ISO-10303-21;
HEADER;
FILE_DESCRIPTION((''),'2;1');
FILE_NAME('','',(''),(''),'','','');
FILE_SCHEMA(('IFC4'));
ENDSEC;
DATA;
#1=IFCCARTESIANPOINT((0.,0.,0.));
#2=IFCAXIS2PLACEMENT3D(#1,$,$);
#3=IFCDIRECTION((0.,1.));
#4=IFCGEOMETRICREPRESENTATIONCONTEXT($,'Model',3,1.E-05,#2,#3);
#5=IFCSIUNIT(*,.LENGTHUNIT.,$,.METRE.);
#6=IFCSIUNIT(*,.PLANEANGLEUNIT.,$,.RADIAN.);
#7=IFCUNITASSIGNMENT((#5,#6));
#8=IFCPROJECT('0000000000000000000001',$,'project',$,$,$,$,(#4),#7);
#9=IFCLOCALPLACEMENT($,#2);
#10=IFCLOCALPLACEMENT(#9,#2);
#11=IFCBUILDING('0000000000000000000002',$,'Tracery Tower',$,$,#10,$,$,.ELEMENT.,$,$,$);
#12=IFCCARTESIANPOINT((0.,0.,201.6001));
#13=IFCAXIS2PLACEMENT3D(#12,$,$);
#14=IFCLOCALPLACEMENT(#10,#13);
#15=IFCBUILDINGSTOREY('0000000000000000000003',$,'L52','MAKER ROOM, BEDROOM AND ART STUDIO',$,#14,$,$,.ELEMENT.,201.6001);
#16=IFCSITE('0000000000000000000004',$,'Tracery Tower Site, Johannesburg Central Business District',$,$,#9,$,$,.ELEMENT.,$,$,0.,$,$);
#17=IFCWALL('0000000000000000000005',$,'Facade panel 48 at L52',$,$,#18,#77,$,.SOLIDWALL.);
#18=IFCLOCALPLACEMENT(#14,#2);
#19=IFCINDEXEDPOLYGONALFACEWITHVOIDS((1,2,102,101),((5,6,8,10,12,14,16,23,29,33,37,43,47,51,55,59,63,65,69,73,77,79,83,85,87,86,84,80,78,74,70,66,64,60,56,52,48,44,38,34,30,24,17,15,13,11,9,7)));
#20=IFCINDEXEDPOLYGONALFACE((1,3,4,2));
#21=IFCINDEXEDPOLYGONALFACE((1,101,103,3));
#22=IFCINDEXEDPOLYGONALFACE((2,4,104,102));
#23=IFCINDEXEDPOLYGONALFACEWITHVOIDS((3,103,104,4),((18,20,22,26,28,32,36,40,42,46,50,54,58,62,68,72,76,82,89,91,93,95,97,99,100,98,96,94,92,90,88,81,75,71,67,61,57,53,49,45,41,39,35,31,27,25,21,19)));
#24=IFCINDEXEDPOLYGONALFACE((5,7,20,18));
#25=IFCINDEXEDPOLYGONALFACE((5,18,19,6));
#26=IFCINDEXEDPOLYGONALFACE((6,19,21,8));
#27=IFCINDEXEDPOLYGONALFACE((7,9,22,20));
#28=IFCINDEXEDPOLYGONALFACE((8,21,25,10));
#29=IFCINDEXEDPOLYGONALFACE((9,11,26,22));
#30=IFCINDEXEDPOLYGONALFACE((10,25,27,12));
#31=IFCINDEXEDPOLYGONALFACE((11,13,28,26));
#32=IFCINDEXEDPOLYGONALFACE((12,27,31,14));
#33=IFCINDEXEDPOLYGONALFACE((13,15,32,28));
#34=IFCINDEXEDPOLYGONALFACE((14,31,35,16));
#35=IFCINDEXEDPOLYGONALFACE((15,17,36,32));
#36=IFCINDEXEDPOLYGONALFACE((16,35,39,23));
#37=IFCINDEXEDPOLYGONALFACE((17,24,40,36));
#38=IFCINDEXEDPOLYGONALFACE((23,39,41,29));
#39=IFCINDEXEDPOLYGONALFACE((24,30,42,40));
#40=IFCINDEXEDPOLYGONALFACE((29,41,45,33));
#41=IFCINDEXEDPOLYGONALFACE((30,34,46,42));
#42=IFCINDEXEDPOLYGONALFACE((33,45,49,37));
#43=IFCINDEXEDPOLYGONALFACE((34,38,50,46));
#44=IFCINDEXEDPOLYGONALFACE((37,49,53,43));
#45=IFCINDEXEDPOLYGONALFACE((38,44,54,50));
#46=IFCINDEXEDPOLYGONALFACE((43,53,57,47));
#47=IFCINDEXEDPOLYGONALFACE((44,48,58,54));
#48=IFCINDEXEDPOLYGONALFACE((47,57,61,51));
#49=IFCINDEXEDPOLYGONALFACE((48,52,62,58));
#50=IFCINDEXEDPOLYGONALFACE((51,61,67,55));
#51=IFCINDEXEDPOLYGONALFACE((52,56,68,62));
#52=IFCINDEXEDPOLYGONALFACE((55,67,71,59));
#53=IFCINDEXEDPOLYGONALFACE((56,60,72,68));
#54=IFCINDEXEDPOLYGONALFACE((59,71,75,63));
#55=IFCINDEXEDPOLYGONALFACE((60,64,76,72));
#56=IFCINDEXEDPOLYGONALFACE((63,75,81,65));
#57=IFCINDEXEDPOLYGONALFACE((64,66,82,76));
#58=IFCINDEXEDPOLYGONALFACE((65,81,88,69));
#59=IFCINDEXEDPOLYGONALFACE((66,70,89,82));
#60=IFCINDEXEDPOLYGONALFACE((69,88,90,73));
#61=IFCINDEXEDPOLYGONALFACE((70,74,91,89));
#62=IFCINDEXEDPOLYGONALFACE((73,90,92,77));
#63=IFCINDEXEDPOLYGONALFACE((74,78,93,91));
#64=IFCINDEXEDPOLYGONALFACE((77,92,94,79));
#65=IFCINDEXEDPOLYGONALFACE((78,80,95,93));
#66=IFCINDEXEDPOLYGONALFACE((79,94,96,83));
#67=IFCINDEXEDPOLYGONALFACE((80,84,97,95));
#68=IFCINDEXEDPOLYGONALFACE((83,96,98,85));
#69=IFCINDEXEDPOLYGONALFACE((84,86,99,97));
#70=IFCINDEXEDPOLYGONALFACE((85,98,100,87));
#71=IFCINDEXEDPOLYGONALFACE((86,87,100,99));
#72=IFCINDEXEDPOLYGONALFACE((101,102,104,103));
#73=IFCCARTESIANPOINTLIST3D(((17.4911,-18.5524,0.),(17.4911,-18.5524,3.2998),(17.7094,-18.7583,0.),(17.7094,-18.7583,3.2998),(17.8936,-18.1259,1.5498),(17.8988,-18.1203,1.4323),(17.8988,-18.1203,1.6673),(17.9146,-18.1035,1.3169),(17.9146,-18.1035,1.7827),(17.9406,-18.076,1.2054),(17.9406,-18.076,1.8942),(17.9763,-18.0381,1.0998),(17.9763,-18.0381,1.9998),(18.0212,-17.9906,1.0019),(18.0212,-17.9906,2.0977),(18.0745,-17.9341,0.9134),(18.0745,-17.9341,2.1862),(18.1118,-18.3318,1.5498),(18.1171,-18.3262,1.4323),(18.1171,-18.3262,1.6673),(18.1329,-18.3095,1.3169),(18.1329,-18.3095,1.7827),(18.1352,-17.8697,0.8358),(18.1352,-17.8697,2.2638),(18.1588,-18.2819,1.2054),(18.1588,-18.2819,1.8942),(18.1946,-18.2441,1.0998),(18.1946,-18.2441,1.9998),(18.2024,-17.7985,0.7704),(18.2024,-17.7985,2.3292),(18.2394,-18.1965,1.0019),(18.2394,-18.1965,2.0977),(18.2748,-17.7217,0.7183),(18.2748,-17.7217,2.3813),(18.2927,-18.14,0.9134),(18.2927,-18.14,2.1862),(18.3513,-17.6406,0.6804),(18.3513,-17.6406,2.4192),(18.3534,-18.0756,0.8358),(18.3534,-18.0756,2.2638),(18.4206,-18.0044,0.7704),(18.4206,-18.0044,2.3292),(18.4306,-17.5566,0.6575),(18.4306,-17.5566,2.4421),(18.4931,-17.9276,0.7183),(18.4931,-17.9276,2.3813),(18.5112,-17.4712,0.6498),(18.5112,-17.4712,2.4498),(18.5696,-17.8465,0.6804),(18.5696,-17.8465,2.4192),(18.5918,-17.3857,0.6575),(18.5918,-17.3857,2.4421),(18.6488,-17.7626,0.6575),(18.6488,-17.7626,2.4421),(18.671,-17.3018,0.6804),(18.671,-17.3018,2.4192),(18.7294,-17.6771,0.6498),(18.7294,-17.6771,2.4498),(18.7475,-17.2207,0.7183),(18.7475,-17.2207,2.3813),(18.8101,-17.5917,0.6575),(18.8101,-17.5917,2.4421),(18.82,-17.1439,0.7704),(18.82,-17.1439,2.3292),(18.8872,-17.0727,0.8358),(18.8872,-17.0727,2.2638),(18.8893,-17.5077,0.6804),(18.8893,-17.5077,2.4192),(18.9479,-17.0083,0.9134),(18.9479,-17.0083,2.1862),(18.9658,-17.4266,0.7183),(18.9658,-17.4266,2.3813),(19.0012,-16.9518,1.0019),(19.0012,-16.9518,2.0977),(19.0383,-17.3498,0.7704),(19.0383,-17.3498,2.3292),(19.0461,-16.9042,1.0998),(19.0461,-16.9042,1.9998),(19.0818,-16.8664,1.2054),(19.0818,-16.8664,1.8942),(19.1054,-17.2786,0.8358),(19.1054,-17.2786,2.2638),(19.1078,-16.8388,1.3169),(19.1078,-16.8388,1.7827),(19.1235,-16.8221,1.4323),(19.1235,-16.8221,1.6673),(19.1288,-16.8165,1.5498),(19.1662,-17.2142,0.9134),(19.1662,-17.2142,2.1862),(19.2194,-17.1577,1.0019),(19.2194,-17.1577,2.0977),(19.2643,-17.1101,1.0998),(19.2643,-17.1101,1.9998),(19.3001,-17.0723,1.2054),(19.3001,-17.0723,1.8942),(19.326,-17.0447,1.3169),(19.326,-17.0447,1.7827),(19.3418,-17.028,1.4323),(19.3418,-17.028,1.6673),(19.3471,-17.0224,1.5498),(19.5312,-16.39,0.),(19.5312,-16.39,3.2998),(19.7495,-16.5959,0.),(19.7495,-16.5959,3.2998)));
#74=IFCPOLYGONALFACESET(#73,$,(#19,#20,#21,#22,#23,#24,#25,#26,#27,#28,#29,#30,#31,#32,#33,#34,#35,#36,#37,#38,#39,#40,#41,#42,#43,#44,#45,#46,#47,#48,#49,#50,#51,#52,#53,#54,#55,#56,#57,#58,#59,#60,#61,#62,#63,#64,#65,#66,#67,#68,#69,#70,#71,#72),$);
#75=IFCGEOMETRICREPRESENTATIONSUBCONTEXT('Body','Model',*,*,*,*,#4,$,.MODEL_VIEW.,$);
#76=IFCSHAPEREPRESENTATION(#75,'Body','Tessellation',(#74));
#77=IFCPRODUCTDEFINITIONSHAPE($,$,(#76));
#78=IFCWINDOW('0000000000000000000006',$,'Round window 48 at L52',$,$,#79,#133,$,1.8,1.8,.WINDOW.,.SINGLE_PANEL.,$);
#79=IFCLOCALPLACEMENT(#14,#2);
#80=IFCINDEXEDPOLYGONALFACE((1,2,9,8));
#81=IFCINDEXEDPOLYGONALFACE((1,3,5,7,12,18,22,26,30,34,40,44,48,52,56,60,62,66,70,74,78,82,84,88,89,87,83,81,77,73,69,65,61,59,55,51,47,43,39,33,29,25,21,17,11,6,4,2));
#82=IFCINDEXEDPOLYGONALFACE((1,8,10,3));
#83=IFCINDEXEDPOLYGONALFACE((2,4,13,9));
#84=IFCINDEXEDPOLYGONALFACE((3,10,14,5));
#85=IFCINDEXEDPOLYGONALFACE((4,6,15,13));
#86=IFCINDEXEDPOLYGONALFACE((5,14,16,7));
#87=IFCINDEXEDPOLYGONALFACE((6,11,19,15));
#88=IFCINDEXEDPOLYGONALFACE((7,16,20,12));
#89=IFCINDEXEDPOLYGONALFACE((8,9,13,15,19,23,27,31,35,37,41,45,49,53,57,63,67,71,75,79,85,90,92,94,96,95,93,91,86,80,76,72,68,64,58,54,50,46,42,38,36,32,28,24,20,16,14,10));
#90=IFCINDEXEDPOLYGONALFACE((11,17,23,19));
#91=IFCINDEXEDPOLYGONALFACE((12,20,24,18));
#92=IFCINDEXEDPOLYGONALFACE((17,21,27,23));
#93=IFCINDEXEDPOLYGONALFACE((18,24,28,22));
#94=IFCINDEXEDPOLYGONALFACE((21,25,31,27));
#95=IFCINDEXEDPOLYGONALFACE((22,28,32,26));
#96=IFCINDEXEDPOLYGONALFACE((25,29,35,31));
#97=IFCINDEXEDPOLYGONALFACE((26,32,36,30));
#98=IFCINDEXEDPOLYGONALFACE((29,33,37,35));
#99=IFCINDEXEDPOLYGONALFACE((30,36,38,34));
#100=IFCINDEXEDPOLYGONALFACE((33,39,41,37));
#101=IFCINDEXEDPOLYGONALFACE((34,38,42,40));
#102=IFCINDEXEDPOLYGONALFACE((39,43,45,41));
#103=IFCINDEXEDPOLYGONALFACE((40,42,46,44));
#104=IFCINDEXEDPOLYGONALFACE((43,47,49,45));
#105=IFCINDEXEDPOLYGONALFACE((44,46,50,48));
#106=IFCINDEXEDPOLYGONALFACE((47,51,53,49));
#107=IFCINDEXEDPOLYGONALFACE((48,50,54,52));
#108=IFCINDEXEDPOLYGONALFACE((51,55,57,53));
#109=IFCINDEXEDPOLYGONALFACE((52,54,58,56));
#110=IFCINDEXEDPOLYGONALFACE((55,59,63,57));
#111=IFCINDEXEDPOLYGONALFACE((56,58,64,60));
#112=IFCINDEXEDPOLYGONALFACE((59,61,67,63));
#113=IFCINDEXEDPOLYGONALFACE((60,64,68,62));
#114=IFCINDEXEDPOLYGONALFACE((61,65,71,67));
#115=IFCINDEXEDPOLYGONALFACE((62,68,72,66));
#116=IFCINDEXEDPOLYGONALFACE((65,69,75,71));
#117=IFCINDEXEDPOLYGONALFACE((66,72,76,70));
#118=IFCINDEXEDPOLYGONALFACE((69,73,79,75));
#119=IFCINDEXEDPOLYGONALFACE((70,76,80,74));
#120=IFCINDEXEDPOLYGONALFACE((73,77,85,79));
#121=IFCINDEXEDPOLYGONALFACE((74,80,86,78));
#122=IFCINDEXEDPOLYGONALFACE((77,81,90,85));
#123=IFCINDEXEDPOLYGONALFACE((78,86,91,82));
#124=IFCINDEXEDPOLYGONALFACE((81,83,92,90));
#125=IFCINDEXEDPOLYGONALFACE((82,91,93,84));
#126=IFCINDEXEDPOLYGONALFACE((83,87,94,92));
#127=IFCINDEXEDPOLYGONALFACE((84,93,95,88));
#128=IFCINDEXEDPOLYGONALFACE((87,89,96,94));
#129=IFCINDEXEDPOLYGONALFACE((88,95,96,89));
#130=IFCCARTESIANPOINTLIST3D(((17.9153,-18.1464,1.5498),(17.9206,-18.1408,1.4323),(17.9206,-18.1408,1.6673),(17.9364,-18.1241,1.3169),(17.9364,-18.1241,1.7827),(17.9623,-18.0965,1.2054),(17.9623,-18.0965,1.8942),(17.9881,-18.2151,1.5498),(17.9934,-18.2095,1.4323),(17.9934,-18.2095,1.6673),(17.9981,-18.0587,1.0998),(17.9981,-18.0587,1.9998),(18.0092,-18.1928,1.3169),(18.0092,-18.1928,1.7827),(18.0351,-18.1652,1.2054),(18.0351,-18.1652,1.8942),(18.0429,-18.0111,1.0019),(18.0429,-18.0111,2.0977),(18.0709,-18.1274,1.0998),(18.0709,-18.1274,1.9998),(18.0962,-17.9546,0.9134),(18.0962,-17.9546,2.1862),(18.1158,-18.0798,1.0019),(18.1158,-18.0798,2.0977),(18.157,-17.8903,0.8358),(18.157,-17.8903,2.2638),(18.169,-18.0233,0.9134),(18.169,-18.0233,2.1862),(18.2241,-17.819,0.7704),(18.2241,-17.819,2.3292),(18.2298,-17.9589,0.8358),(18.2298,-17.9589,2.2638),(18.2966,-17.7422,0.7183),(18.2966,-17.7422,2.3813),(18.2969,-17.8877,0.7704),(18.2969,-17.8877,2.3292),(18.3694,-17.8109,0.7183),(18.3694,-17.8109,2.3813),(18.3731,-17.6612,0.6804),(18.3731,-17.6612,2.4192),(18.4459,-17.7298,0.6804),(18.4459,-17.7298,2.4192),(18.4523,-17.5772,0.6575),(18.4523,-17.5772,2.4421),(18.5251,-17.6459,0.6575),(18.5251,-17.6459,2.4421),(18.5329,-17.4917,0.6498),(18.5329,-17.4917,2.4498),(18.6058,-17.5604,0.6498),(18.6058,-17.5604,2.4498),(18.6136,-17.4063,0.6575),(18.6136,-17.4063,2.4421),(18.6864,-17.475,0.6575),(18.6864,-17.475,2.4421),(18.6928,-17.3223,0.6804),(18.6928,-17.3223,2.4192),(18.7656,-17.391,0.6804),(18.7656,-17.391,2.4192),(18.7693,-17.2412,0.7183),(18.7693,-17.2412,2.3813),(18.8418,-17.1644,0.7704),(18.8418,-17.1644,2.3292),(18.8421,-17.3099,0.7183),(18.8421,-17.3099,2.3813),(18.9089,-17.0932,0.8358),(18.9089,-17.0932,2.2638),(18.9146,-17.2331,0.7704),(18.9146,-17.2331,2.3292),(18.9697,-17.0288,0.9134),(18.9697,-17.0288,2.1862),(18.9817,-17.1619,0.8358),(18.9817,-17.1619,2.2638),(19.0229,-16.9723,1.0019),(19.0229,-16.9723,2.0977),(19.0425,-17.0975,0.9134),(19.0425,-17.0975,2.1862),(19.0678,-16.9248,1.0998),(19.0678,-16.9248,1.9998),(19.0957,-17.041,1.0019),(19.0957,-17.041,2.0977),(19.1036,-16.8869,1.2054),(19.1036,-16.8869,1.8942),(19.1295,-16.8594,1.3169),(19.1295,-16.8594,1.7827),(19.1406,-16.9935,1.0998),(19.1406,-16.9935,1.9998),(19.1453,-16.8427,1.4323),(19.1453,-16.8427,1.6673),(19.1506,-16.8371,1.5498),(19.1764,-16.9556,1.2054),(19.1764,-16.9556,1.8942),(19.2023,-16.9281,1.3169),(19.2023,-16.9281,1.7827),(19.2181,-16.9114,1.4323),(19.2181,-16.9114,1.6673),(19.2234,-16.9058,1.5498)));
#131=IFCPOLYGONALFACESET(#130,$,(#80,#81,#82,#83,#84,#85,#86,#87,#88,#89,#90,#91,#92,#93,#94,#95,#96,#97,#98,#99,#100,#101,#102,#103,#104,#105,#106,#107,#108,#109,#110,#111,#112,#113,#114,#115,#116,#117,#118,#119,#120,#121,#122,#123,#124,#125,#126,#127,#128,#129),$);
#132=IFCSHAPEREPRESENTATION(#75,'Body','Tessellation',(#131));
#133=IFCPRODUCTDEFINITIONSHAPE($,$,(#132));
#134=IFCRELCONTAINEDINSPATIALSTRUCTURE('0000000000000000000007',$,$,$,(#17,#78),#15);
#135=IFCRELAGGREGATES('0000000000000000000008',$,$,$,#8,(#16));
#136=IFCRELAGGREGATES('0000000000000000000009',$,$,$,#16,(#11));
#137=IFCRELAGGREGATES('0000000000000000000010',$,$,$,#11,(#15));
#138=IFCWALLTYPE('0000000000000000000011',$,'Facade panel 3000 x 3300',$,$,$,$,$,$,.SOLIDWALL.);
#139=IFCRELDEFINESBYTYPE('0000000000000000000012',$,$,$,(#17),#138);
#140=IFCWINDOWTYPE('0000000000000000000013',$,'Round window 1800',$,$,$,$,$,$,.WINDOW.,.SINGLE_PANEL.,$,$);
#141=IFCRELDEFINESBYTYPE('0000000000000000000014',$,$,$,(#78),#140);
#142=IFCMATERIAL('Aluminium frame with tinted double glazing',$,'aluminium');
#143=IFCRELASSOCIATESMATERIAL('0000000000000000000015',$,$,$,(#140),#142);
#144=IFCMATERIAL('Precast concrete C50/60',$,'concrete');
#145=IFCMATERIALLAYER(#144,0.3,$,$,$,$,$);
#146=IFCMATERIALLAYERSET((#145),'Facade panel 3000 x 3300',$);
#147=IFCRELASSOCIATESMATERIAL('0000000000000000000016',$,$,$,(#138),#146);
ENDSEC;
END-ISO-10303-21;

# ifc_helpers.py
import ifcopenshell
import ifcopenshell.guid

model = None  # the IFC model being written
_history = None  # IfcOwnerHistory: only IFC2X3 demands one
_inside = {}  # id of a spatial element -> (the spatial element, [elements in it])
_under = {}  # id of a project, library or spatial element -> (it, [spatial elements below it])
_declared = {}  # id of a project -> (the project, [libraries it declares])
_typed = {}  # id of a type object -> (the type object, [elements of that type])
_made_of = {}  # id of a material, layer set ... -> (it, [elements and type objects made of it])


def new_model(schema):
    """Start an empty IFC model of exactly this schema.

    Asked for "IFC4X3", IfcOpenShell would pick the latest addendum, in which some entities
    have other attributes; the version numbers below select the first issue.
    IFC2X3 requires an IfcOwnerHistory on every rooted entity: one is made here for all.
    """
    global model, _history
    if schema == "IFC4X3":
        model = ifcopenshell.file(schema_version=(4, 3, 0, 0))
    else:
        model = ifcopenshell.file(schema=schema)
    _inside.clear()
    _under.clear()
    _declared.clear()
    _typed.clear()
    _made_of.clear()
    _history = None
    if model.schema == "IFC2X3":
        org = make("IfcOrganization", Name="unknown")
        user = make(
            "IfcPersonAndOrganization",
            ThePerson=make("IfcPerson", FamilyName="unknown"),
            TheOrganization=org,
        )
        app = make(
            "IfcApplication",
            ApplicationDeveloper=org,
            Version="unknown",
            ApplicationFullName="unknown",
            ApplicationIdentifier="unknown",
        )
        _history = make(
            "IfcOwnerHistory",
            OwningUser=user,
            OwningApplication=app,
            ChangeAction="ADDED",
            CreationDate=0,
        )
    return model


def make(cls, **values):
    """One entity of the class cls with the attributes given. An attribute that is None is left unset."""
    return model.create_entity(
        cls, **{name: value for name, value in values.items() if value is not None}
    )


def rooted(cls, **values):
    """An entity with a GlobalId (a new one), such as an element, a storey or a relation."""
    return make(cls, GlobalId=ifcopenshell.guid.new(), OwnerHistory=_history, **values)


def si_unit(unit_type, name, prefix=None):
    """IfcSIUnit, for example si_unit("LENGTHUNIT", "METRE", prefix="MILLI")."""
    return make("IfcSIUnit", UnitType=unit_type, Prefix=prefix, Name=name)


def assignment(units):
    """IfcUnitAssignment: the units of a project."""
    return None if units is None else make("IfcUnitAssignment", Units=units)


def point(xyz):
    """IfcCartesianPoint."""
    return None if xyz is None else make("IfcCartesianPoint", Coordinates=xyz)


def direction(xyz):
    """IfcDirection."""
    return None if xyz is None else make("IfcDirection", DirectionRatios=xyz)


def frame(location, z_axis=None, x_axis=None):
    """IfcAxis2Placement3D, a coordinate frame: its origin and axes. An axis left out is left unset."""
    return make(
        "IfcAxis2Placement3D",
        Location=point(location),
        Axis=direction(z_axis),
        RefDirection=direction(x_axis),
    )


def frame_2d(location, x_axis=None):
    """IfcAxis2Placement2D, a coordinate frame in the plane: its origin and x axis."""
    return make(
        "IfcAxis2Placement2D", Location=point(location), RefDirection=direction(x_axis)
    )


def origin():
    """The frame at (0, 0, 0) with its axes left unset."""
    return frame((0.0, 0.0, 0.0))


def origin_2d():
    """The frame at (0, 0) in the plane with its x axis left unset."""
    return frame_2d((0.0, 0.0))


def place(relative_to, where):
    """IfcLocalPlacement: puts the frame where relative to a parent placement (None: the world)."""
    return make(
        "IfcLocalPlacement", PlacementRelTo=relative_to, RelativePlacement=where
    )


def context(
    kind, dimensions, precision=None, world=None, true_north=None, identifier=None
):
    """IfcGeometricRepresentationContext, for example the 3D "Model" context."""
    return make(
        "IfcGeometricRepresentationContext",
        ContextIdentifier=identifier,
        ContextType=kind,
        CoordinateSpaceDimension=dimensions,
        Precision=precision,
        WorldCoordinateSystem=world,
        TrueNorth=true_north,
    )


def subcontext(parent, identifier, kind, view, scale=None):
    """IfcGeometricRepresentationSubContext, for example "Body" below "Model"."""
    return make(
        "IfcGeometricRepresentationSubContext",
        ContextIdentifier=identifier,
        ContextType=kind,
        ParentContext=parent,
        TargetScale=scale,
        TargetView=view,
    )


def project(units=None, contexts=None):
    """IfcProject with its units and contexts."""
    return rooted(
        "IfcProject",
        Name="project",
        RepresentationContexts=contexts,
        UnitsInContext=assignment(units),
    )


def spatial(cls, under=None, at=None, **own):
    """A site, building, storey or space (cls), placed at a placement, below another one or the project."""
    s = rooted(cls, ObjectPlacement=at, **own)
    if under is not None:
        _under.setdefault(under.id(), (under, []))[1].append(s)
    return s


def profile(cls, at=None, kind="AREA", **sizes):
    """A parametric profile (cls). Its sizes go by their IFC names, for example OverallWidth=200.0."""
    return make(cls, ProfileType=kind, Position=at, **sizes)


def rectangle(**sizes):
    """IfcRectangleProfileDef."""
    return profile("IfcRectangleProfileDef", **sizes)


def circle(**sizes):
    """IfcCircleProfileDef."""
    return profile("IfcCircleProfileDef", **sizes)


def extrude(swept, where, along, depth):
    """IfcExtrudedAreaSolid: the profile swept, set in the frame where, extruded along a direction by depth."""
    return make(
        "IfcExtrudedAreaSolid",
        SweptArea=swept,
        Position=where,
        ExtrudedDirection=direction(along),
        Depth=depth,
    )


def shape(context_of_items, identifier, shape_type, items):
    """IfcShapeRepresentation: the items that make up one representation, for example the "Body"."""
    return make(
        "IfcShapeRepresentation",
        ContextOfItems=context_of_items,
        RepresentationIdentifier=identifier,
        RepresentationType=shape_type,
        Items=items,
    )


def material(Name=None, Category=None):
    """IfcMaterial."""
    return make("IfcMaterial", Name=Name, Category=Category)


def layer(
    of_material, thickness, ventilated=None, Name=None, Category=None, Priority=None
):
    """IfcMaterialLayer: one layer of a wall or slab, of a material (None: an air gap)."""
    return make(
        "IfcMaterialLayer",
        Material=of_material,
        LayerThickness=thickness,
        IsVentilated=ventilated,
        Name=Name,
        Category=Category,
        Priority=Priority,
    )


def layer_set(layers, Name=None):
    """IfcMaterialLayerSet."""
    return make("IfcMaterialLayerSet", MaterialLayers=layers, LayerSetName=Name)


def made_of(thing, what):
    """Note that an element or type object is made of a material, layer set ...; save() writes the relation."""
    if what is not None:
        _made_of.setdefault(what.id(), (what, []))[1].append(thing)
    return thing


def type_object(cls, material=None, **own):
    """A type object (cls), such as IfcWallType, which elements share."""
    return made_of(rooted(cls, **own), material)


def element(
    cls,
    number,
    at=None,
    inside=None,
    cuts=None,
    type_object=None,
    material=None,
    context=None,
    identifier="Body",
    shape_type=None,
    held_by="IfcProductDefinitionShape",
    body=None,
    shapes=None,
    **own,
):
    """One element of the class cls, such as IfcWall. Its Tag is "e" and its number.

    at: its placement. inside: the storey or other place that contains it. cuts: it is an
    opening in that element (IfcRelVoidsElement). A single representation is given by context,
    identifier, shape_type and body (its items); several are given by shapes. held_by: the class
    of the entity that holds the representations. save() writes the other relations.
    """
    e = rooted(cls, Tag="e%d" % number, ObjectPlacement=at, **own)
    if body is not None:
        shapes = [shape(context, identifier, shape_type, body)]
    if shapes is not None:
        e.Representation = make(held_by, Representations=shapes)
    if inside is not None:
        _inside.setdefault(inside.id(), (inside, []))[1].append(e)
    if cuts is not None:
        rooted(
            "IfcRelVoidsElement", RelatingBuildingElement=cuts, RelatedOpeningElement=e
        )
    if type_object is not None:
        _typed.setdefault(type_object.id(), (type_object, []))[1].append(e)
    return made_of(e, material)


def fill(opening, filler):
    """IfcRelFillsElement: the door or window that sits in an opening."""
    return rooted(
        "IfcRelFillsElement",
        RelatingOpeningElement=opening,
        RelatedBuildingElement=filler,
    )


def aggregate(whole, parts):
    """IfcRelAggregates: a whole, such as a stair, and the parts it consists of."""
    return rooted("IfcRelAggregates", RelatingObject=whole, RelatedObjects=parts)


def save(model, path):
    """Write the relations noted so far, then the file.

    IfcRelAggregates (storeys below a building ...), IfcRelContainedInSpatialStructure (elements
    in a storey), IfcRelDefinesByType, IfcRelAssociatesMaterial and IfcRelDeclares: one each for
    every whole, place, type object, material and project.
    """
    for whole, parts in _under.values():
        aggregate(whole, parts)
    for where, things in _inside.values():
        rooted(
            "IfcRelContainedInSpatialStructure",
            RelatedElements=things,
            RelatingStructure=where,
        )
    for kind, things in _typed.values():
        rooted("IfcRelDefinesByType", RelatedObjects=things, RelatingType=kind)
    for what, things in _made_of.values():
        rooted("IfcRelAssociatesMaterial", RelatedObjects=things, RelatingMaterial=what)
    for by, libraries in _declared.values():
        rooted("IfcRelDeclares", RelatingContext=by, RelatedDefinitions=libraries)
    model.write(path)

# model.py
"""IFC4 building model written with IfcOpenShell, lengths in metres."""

from ifc_helpers import new_model, si_unit, direction, frame, frame_2d, origin, origin_2d, place, context, subcontext, project, spatial, rectangle, circle, extrude, material, layer, layer_set, type_object, element, fill, save


model = new_model("IFC4")

# Units and contexts
model_context = context("Model", 3, precision=1e-05, world=origin(), true_north=direction((0.0, 1.0)))
body_context = subcontext(model_context, "Body", "Model", "MODEL_VIEW")
ifc_project = project(units=[si_unit("LENGTHUNIT", "METRE"), si_unit("PLANEANGLEUNIT", "RADIAN")], contexts=[model_context])

# Site, building, storey
site_placement = place(None, origin())
site = spatial("IfcSite", under=ifc_project, at=site_placement, Name="Tracery Tower Site, Johannesburg Central Business District", CompositionType="ELEMENT", RefElevation=0.0)
building_placement = place(site_placement, origin())
building = spatial("IfcBuilding", under=site, at=building_placement, Name="Tracery Tower", CompositionType="ELEMENT")
storey_placement = place(building_placement, frame((0.0, 0.0, 201.6001)))
storey = spatial("IfcBuildingStorey", under=building, at=storey_placement, Name="L52", Description="MAKER ROOM, BEDROOM AND ART STUDIO", CompositionType="ELEMENT", Elevation=201.6001)

# Wall, opening, window
ifc_material_1 = material(Name="Aluminium frame with tinted double glazing", Category="aluminium")
window_type = type_object("IfcWindowType", Name="Round window 1800", PartitioningType="SINGLE_PANEL", PredefinedType="WINDOW", material=ifc_material_1)
ifc_material_2 = material(Name="Precast concrete C50/60", Category="concrete")
ifc_layer_1 = layer(ifc_material_2, 0.3)
ifc_layer_set_1 = layer_set([ifc_layer_1], Name="Facade panel 3000 x 3300")
wall_type_1 = type_object("IfcWallType", Name="Facade panel 3000 x 3300", PredefinedType="SOLIDWALL", material=ifc_layer_set_1)
wall_1_placement = place(storey_placement, frame((17.6003, -18.6553, 0.0), z_axis=(0.0, 0.0, 1.0), x_axis=(0.686235, 0.72738, 0.0)))
wall_1 = element("IfcWall", 1, at=wall_1_placement, inside=storey, type_object=wall_type_1, Name="Facade panel 48 at L52", PredefinedType="SOLIDWALL", context=body_context, shape_type="SweptSolid", body=[
    extrude(rectangle(XDim=2.9729, YDim=0.3, at=frame_2d((1.4863, 0.0))), origin(), (0.0, 0.0, 1.0), 3.2998),
])
opening_1_placement = place(wall_1_placement, frame((1.4863, 0.0, 1.5498)))
opening_1 = element("IfcOpeningElement", 2, at=opening_1_placement, cuts=wall_1, PredefinedType="OPENING", context=body_context, shape_type="SweptSolid", body=[
    extrude(circle(Radius=0.9, at=origin_2d()), frame((0.0, 0.1599, 0.0), z_axis=(0.0, -1.0, 0.0), x_axis=(1.0, 0.0, 0.0)), (0.0, 0.0, 1.0), 0.3201),
])
window_1_placement = place(opening_1_placement, origin())
window_1 = element("IfcWindow", 3, at=window_1_placement, inside=storey, type_object=window_type, Name="Round window 48 at L52", OverallHeight=1.8, OverallWidth=1.8, PartitioningType="SINGLE_PANEL", PredefinedType="WINDOW", context=body_context, shape_type="SweptSolid", body=[
    extrude(circle(Radius=0.9, at=origin_2d()), frame((0.0, 0.1201, 0.0), z_axis=(0.0, -1.0, 0.0), x_axis=(1.0, 0.0, 0.0)), (0.0, 0.0, 1.0), 0.1001),
])
fill(opening_1, window_1)

save(model, "model.ifc")
